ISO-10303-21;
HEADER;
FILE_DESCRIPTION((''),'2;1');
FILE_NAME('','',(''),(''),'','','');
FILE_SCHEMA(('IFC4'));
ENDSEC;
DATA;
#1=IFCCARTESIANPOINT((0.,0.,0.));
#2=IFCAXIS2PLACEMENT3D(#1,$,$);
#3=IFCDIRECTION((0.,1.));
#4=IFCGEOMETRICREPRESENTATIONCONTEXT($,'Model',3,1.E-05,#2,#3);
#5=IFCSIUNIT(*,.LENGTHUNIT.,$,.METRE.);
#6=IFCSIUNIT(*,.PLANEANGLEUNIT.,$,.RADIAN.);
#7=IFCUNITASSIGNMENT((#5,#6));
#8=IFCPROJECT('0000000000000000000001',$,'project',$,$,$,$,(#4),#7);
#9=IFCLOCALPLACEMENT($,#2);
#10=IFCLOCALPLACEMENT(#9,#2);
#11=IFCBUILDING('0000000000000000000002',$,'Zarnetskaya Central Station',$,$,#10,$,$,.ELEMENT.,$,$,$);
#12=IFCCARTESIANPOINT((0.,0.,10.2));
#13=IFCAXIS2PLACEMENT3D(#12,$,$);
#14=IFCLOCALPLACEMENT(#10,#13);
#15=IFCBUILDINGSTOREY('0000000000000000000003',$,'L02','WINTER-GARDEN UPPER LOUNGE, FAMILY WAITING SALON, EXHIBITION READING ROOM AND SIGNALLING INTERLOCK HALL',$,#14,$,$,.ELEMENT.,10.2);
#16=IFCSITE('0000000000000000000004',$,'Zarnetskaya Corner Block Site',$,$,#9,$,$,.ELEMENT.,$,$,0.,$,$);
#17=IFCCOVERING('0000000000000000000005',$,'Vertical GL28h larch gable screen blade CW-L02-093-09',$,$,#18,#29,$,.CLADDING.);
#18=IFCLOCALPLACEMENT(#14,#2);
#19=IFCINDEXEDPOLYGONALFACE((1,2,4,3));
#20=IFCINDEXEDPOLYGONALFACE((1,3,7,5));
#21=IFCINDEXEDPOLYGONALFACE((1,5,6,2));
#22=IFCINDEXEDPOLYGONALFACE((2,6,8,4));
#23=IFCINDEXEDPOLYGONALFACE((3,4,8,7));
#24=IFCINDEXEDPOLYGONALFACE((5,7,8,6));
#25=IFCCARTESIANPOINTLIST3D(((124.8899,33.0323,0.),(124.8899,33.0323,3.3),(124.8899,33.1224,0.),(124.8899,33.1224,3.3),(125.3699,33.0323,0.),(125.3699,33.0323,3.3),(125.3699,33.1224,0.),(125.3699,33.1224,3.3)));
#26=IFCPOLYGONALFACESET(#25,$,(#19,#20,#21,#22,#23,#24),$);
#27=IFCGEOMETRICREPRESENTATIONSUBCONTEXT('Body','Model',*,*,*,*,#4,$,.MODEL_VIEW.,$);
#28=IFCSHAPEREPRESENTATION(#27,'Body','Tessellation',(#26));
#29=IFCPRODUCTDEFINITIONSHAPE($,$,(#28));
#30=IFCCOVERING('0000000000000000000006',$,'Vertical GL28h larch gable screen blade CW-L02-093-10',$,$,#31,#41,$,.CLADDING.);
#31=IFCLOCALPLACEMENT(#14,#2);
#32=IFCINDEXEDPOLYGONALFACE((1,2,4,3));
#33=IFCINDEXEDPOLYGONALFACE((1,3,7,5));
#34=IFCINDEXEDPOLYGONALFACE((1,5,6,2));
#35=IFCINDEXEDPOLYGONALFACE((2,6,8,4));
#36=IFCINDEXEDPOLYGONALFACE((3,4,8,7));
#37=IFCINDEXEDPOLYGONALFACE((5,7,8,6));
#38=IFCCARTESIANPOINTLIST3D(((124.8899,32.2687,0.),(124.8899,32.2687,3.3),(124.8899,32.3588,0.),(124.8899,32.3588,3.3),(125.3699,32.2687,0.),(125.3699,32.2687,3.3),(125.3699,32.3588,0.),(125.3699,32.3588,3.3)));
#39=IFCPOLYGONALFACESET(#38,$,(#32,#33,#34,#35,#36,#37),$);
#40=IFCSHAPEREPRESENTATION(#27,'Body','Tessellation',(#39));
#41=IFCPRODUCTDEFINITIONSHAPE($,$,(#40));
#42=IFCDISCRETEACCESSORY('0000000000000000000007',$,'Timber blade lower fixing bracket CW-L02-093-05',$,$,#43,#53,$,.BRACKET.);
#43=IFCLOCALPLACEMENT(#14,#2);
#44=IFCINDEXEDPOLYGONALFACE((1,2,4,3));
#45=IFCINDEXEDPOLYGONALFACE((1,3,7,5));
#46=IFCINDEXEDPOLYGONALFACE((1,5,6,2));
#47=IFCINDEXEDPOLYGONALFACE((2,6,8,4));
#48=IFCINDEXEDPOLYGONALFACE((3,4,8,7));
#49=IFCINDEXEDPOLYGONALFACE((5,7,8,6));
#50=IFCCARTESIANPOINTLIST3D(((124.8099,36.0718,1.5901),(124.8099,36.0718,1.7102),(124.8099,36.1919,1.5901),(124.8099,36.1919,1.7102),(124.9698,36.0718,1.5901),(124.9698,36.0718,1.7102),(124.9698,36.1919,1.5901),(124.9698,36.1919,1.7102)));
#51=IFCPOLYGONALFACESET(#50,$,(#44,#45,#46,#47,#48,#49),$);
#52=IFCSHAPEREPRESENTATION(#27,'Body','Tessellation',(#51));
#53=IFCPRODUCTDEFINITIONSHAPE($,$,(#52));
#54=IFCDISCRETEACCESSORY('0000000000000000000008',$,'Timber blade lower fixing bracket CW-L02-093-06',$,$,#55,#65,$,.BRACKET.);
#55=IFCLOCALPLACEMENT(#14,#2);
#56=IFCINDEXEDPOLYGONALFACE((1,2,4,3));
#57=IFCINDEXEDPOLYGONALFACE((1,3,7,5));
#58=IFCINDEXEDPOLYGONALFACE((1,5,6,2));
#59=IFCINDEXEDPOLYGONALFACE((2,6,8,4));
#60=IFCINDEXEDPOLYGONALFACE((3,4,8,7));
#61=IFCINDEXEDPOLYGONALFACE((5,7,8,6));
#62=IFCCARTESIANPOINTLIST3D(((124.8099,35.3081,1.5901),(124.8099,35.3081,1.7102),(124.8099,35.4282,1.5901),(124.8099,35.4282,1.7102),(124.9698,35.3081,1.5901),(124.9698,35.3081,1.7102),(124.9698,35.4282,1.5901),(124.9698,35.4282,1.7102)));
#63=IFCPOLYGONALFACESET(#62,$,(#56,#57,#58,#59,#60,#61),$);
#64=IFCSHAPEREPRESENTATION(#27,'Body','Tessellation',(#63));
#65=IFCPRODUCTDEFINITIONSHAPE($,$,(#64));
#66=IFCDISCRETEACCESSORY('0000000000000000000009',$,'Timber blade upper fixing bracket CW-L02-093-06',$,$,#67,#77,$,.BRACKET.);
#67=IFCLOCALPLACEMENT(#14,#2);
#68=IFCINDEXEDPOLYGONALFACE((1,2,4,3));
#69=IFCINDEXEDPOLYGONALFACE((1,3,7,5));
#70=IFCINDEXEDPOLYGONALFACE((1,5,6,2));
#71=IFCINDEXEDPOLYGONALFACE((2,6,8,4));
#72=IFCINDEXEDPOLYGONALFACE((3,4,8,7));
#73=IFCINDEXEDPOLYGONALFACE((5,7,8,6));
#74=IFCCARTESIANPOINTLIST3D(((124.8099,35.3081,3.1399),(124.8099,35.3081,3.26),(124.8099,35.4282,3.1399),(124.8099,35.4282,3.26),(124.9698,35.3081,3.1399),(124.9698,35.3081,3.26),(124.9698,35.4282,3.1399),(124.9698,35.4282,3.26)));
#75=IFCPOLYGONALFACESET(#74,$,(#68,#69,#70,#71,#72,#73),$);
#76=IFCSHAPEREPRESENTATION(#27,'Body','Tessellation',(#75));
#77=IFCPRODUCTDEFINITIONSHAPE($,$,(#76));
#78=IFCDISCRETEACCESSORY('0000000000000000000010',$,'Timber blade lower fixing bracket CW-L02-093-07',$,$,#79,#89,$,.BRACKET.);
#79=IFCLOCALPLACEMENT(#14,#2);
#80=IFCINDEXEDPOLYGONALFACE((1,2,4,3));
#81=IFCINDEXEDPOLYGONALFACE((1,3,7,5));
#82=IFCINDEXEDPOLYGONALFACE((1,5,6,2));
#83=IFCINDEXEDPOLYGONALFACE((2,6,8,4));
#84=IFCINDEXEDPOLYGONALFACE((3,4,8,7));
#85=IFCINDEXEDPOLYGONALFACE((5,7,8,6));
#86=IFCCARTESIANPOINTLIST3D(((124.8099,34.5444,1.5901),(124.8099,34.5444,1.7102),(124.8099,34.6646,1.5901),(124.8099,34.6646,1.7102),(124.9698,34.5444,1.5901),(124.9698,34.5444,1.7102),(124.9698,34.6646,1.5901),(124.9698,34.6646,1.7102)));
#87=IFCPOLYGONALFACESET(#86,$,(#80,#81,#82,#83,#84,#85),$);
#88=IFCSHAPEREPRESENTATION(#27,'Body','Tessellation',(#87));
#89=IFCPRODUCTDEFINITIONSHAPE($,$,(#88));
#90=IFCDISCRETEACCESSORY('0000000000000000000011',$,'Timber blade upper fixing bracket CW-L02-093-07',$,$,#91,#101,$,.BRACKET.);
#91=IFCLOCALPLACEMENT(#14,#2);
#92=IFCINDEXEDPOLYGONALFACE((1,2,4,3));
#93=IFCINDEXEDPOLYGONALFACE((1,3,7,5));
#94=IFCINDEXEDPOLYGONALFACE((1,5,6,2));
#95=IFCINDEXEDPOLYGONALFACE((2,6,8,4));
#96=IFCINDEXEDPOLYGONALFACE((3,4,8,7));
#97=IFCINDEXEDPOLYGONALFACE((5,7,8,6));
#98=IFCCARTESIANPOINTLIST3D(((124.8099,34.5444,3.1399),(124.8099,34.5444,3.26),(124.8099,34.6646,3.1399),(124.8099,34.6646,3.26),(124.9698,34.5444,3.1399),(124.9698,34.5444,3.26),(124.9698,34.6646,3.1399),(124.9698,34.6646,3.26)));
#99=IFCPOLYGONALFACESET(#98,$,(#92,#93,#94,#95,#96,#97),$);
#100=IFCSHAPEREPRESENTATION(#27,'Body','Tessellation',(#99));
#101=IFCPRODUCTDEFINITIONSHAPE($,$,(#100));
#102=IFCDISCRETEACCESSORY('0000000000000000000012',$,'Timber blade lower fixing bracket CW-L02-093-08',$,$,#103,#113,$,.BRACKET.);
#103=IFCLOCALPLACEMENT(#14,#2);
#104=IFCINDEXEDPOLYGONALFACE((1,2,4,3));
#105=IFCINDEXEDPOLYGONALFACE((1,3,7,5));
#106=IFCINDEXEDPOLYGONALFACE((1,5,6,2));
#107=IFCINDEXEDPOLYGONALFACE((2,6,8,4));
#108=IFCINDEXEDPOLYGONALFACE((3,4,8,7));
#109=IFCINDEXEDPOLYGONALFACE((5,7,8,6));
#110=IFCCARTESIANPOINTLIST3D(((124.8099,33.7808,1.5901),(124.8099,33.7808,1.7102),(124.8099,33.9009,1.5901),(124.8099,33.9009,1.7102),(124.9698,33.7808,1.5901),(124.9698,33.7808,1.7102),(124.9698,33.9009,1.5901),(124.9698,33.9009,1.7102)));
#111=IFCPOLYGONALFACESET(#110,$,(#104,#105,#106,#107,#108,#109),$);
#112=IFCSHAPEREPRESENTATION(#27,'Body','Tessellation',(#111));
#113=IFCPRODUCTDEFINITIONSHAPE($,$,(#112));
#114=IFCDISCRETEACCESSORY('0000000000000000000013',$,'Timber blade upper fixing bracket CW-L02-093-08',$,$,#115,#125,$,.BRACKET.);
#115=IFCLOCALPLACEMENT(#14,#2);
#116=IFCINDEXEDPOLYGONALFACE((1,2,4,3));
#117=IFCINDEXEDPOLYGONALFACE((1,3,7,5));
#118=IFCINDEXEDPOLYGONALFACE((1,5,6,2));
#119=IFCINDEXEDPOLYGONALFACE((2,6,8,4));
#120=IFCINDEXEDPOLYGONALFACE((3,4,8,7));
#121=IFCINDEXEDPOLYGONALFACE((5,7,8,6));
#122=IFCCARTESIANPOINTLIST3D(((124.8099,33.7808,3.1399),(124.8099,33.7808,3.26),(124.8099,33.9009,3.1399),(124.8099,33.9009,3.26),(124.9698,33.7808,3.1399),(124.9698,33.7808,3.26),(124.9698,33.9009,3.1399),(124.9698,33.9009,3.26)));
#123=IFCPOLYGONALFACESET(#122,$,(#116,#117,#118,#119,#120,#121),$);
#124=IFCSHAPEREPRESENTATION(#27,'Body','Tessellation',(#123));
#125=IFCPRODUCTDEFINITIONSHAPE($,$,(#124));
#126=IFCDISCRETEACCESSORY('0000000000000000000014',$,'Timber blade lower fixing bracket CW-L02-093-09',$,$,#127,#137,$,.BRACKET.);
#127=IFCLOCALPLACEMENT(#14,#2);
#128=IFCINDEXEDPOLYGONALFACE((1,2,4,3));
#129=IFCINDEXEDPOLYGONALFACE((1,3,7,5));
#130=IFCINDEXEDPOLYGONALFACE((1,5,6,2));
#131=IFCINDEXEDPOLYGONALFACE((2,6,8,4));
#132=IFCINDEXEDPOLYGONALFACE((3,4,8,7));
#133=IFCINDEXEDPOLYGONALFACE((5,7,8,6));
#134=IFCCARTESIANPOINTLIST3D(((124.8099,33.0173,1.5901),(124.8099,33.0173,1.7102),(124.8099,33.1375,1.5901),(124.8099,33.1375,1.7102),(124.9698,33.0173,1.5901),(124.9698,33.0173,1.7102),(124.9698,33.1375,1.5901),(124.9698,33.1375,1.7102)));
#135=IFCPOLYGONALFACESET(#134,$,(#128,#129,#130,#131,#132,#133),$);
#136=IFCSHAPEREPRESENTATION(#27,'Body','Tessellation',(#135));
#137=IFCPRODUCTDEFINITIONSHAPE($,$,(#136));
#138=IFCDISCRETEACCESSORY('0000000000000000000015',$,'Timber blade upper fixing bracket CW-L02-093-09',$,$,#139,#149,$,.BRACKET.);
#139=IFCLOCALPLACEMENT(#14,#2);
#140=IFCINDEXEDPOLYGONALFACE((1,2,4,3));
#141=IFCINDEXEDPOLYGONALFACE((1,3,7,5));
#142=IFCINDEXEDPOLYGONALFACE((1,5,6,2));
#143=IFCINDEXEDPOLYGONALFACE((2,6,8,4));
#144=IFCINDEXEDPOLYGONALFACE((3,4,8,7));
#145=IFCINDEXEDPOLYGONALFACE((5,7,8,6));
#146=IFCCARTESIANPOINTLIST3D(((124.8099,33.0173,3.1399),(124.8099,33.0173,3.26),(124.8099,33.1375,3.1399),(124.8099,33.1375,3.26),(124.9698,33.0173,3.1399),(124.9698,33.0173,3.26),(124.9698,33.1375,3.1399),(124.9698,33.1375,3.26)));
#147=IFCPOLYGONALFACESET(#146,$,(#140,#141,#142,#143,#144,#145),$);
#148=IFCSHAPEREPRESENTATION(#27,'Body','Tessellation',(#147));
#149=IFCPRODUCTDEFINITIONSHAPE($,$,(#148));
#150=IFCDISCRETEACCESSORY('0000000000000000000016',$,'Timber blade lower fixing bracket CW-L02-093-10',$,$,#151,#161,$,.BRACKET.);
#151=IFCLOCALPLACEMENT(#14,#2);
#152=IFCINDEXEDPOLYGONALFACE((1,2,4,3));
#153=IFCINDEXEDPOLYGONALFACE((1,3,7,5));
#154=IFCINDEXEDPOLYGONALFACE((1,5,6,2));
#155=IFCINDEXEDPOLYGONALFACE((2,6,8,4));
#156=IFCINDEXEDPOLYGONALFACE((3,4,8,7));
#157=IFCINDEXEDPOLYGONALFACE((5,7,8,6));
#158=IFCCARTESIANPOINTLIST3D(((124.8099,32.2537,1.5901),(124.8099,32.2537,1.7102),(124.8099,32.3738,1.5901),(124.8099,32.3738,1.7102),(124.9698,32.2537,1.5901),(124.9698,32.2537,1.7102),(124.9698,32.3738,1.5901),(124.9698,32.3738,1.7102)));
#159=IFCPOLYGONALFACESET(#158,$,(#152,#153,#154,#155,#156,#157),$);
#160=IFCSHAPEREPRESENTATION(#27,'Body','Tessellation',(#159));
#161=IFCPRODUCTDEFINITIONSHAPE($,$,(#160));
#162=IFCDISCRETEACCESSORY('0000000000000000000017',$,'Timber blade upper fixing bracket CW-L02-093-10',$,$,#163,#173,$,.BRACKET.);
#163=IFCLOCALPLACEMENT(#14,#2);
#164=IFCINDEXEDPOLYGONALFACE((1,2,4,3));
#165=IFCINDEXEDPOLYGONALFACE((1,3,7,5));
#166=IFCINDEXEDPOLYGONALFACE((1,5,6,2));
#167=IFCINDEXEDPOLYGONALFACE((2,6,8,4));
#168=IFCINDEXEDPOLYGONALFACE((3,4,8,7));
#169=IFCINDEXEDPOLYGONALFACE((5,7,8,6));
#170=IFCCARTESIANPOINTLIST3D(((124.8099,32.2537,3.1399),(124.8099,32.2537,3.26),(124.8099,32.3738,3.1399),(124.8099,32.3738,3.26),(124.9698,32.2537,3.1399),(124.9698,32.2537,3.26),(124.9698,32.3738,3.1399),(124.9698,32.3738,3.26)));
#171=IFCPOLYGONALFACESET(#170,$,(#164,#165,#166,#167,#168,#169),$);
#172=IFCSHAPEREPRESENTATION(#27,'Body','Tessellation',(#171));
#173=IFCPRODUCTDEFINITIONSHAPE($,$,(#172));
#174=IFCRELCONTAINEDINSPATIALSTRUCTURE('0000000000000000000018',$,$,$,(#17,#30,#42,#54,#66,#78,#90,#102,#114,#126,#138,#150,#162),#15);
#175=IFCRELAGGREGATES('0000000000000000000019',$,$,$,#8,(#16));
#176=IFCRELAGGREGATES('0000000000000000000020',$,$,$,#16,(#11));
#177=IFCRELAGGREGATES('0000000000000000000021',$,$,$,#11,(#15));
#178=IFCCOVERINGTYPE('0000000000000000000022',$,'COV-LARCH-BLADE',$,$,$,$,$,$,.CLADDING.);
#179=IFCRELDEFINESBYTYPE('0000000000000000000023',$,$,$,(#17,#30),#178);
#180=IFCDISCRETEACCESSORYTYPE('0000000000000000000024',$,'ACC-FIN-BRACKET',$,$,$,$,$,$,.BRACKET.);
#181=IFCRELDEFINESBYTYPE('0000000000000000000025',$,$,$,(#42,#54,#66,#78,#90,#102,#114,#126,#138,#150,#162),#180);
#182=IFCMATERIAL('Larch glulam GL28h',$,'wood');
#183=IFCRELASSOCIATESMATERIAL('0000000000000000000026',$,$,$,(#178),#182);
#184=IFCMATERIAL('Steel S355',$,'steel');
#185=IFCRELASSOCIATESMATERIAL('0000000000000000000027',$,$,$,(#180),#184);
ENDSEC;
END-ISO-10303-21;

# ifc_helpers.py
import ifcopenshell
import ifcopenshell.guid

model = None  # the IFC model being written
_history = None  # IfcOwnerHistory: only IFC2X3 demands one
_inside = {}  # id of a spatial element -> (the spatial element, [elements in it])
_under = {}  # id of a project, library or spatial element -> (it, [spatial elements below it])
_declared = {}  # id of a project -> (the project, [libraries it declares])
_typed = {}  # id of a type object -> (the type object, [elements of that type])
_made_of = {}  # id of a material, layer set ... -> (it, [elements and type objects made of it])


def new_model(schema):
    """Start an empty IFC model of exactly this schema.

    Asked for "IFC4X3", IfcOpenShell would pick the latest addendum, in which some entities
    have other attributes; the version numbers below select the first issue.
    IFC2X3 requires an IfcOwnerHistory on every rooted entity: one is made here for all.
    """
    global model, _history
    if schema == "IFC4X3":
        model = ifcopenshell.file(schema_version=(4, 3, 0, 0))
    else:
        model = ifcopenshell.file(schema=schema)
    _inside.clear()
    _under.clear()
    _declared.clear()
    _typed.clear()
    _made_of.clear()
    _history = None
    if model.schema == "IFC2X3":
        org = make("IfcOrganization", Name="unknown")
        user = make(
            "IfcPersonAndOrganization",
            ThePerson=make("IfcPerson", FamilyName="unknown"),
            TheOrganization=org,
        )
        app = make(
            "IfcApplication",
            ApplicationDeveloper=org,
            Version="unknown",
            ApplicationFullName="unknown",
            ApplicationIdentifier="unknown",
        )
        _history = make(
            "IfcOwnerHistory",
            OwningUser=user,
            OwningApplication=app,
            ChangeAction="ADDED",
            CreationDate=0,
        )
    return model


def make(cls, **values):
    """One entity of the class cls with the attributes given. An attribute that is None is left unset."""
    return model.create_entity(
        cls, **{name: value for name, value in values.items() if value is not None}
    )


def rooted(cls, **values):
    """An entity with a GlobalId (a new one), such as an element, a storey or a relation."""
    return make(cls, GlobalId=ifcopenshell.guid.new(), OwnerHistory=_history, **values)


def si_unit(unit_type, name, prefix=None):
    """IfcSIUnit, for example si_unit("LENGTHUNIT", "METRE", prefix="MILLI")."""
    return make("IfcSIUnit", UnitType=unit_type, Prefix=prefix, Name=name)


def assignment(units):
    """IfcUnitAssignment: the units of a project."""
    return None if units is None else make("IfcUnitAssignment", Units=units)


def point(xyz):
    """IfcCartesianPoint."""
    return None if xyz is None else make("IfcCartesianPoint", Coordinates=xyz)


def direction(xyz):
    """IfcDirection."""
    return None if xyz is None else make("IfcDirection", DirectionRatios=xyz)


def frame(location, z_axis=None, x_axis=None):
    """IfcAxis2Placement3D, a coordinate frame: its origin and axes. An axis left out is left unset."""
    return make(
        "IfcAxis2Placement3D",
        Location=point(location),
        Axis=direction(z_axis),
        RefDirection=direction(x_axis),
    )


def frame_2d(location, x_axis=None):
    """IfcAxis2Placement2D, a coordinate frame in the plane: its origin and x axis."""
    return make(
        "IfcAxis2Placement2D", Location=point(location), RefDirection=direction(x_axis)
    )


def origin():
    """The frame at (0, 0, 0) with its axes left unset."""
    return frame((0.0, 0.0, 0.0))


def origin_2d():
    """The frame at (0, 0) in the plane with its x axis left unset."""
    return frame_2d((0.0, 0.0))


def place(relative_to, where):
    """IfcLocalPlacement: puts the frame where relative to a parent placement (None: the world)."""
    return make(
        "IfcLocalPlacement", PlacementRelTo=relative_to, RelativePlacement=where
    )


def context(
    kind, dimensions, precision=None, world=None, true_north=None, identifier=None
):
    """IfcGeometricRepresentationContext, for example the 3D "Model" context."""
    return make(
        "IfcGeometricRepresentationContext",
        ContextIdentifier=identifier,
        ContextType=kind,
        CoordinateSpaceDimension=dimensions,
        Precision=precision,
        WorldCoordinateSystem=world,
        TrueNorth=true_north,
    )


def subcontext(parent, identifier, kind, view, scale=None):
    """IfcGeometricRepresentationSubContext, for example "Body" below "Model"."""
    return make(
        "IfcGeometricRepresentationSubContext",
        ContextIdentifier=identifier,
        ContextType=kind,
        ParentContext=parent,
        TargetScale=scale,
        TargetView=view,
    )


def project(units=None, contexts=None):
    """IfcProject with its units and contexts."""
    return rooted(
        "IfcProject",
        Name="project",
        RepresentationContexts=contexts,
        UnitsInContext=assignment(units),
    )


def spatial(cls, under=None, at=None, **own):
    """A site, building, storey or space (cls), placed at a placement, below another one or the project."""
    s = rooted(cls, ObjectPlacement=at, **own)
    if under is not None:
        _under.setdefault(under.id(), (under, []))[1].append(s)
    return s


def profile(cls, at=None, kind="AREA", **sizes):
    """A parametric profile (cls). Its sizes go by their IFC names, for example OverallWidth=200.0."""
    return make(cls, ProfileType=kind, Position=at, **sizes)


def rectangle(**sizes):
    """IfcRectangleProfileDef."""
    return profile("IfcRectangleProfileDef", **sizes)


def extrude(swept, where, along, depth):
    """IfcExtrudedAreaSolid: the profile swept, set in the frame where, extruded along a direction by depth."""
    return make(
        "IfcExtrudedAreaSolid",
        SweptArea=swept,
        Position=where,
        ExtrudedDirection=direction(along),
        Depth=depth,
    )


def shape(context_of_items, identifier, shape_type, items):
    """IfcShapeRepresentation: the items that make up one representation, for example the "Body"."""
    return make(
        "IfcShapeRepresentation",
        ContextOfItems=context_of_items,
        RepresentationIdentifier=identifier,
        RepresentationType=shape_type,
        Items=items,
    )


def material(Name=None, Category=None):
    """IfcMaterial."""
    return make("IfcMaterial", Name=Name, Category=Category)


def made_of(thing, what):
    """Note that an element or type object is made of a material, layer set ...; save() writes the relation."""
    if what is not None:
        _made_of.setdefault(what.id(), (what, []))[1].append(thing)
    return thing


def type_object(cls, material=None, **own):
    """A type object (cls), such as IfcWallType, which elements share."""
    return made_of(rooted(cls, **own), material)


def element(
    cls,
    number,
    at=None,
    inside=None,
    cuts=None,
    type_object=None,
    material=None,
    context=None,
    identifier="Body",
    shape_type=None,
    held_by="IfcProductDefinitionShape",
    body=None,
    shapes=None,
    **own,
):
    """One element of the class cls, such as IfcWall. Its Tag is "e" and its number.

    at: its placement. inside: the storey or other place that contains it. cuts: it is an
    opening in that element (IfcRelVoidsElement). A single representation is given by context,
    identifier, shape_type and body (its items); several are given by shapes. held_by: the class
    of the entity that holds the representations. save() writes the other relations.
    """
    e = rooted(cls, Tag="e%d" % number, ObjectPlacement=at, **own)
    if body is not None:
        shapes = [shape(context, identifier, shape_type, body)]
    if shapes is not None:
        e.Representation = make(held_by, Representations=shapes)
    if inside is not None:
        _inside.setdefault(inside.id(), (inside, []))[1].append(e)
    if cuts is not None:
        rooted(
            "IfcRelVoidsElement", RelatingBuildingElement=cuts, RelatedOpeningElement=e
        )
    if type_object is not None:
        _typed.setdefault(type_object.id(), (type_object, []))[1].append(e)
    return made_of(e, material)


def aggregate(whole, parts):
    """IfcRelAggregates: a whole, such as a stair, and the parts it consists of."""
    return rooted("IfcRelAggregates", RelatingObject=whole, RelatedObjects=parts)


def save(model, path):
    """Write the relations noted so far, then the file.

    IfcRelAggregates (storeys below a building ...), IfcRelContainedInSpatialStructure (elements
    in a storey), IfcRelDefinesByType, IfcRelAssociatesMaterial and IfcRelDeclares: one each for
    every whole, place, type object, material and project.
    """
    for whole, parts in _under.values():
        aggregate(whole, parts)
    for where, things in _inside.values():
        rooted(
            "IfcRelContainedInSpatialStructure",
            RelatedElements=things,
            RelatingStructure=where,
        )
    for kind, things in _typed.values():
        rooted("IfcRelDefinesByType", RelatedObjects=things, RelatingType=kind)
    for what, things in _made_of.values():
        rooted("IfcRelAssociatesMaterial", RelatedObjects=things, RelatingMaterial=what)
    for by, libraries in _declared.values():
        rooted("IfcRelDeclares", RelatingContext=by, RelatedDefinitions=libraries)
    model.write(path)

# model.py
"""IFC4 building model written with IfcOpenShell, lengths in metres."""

from ifc_helpers import new_model, si_unit, direction, frame, origin, origin_2d, place, context, subcontext, project, spatial, rectangle, extrude, material, type_object, element, save


model = new_model("IFC4")

# Units and contexts
model_context = context("Model", 3, precision=1e-05, world=origin(), true_north=direction((0.0, 1.0)))
body_context = subcontext(model_context, "Body", "Model", "MODEL_VIEW")
ifc_project = project(units=[si_unit("LENGTHUNIT", "METRE"), si_unit("PLANEANGLEUNIT", "RADIAN")], contexts=[model_context])

# Site, building, storey
site_placement = place(None, origin())
site = spatial("IfcSite", under=ifc_project, at=site_placement, Name="Zarnetskaya Corner Block Site", CompositionType="ELEMENT", RefElevation=0.0)
building_placement = place(site_placement, origin())
building = spatial("IfcBuilding", under=site, at=building_placement, Name="Zarnetskaya Central Station", CompositionType="ELEMENT")
storey_placement = place(building_placement, frame((0.0, 0.0, 10.2)))
storey = spatial("IfcBuildingStorey", under=building, at=storey_placement, Name="L02", Description="WINTER-GARDEN UPPER LOUNGE, FAMILY WAITING SALON, EXHIBITION READING ROOM AND SIGNALLING INTERLOCK HALL", CompositionType="ELEMENT", Elevation=10.2)

# Shared definitions
ifc_material_1 = material(Name="Steel S355", Category="steel")

# Coverings
ifc_material_2 = material(Name="Larch glulam GL28h", Category="wood")
covering_type = type_object("IfcCoveringType", Name="COV-LARCH-BLADE", PredefinedType="CLADDING", material=ifc_material_2)
for number, where, z_axis, x_axis, name in (
    (1, (125.1299, 33.0774, 0.0), (0.0, 0.0, 1.0), (0.0, -1.0, 0.0), "Vertical GL28h larch gable screen blade CW-L02-093-09"),
    (2, (125.1299, 32.3137, 0.0), (0.0, 0.0, 1.0), (0.0, -1.0, 0.0), "Vertical GL28h larch gable screen blade CW-L02-093-10"),
):
    element("IfcCovering", number, at=place(storey_placement, frame(where, z_axis=z_axis, x_axis=x_axis)), inside=storey, type_object=covering_type, Name=name, PredefinedType="CLADDING", context=body_context, shape_type="SweptSolid", body=[
        extrude(rectangle(XDim=0.0901, YDim=0.48, at=origin_2d()), origin(), (0.0, 0.0, 1.0), 3.3),
    ])

# Discrete accessories
discrete_accessory_type = type_object("IfcDiscreteAccessoryType", Name="ACC-FIN-BRACKET", PredefinedType="BRACKET", material=ifc_material_1)
for number, where, z_axis, x_axis, name in (
    (3, (124.8899, 36.1318, 1.5901), (0.0, 0.0, 1.0), (0.0, -1.0, 0.0), "Timber blade lower fixing bracket CW-L02-093-05"),
    (4, (124.8899, 35.3682, 1.5901), (0.0, 0.0, 1.0), (0.0, -1.0, 0.0), "Timber blade lower fixing bracket CW-L02-093-06"),
    (5, (124.8899, 35.3682, 3.1399), (0.0, 0.0, 1.0), (0.0, -1.0, 0.0), "Timber blade upper fixing bracket CW-L02-093-06"),
    (6, (124.8899, 34.6045, 1.5901), (0.0, 0.0, 1.0), (0.0, -1.0, 0.0), "Timber blade lower fixing bracket CW-L02-093-07"),
    (7, (124.8899, 34.6045, 3.1399), (0.0, 0.0, 1.0), (0.0, -1.0, 0.0), "Timber blade upper fixing bracket CW-L02-093-07"),
    (8, (124.8899, 33.8408, 1.5901), (0.0, 0.0, 1.0), (0.0, -1.0, 0.0), "Timber blade lower fixing bracket CW-L02-093-08"),
    (9, (124.8899, 33.8408, 3.1399), (0.0, 0.0, 1.0), (0.0, -1.0, 0.0), "Timber blade upper fixing bracket CW-L02-093-08"),
    (10, (124.8899, 33.0774, 1.5901), (0.0, 0.0, 1.0), (0.0, -1.0, 0.0), "Timber blade lower fixing bracket CW-L02-093-09"),
    (11, (124.8899, 33.0774, 3.1399), (0.0, 0.0, 1.0), (0.0, -1.0, 0.0), "Timber blade upper fixing bracket CW-L02-093-09"),
    (12, (124.8899, 32.3137, 1.5901), (0.0, 0.0, 1.0), (0.0, -1.0, 0.0), "Timber blade lower fixing bracket CW-L02-093-10"),
    (13, (124.8899, 32.3137, 3.1399), (0.0, 0.0, 1.0), (0.0, -1.0, 0.0), "Timber blade upper fixing bracket CW-L02-093-10"),
):
    element("IfcDiscreteAccessory", number, at=place(storey_placement, frame(where, z_axis=z_axis, x_axis=x_axis)), inside=storey, type_object=discrete_accessory_type, Name=name, PredefinedType="BRACKET", context=body_context, shape_type="SweptSolid", body=[
        extrude(rectangle(XDim=0.1201, YDim=0.1599, at=origin_2d()), origin(), (0.0, 0.0, 1.0), 0.1201),
    ])

save(model, "model.ifc")
